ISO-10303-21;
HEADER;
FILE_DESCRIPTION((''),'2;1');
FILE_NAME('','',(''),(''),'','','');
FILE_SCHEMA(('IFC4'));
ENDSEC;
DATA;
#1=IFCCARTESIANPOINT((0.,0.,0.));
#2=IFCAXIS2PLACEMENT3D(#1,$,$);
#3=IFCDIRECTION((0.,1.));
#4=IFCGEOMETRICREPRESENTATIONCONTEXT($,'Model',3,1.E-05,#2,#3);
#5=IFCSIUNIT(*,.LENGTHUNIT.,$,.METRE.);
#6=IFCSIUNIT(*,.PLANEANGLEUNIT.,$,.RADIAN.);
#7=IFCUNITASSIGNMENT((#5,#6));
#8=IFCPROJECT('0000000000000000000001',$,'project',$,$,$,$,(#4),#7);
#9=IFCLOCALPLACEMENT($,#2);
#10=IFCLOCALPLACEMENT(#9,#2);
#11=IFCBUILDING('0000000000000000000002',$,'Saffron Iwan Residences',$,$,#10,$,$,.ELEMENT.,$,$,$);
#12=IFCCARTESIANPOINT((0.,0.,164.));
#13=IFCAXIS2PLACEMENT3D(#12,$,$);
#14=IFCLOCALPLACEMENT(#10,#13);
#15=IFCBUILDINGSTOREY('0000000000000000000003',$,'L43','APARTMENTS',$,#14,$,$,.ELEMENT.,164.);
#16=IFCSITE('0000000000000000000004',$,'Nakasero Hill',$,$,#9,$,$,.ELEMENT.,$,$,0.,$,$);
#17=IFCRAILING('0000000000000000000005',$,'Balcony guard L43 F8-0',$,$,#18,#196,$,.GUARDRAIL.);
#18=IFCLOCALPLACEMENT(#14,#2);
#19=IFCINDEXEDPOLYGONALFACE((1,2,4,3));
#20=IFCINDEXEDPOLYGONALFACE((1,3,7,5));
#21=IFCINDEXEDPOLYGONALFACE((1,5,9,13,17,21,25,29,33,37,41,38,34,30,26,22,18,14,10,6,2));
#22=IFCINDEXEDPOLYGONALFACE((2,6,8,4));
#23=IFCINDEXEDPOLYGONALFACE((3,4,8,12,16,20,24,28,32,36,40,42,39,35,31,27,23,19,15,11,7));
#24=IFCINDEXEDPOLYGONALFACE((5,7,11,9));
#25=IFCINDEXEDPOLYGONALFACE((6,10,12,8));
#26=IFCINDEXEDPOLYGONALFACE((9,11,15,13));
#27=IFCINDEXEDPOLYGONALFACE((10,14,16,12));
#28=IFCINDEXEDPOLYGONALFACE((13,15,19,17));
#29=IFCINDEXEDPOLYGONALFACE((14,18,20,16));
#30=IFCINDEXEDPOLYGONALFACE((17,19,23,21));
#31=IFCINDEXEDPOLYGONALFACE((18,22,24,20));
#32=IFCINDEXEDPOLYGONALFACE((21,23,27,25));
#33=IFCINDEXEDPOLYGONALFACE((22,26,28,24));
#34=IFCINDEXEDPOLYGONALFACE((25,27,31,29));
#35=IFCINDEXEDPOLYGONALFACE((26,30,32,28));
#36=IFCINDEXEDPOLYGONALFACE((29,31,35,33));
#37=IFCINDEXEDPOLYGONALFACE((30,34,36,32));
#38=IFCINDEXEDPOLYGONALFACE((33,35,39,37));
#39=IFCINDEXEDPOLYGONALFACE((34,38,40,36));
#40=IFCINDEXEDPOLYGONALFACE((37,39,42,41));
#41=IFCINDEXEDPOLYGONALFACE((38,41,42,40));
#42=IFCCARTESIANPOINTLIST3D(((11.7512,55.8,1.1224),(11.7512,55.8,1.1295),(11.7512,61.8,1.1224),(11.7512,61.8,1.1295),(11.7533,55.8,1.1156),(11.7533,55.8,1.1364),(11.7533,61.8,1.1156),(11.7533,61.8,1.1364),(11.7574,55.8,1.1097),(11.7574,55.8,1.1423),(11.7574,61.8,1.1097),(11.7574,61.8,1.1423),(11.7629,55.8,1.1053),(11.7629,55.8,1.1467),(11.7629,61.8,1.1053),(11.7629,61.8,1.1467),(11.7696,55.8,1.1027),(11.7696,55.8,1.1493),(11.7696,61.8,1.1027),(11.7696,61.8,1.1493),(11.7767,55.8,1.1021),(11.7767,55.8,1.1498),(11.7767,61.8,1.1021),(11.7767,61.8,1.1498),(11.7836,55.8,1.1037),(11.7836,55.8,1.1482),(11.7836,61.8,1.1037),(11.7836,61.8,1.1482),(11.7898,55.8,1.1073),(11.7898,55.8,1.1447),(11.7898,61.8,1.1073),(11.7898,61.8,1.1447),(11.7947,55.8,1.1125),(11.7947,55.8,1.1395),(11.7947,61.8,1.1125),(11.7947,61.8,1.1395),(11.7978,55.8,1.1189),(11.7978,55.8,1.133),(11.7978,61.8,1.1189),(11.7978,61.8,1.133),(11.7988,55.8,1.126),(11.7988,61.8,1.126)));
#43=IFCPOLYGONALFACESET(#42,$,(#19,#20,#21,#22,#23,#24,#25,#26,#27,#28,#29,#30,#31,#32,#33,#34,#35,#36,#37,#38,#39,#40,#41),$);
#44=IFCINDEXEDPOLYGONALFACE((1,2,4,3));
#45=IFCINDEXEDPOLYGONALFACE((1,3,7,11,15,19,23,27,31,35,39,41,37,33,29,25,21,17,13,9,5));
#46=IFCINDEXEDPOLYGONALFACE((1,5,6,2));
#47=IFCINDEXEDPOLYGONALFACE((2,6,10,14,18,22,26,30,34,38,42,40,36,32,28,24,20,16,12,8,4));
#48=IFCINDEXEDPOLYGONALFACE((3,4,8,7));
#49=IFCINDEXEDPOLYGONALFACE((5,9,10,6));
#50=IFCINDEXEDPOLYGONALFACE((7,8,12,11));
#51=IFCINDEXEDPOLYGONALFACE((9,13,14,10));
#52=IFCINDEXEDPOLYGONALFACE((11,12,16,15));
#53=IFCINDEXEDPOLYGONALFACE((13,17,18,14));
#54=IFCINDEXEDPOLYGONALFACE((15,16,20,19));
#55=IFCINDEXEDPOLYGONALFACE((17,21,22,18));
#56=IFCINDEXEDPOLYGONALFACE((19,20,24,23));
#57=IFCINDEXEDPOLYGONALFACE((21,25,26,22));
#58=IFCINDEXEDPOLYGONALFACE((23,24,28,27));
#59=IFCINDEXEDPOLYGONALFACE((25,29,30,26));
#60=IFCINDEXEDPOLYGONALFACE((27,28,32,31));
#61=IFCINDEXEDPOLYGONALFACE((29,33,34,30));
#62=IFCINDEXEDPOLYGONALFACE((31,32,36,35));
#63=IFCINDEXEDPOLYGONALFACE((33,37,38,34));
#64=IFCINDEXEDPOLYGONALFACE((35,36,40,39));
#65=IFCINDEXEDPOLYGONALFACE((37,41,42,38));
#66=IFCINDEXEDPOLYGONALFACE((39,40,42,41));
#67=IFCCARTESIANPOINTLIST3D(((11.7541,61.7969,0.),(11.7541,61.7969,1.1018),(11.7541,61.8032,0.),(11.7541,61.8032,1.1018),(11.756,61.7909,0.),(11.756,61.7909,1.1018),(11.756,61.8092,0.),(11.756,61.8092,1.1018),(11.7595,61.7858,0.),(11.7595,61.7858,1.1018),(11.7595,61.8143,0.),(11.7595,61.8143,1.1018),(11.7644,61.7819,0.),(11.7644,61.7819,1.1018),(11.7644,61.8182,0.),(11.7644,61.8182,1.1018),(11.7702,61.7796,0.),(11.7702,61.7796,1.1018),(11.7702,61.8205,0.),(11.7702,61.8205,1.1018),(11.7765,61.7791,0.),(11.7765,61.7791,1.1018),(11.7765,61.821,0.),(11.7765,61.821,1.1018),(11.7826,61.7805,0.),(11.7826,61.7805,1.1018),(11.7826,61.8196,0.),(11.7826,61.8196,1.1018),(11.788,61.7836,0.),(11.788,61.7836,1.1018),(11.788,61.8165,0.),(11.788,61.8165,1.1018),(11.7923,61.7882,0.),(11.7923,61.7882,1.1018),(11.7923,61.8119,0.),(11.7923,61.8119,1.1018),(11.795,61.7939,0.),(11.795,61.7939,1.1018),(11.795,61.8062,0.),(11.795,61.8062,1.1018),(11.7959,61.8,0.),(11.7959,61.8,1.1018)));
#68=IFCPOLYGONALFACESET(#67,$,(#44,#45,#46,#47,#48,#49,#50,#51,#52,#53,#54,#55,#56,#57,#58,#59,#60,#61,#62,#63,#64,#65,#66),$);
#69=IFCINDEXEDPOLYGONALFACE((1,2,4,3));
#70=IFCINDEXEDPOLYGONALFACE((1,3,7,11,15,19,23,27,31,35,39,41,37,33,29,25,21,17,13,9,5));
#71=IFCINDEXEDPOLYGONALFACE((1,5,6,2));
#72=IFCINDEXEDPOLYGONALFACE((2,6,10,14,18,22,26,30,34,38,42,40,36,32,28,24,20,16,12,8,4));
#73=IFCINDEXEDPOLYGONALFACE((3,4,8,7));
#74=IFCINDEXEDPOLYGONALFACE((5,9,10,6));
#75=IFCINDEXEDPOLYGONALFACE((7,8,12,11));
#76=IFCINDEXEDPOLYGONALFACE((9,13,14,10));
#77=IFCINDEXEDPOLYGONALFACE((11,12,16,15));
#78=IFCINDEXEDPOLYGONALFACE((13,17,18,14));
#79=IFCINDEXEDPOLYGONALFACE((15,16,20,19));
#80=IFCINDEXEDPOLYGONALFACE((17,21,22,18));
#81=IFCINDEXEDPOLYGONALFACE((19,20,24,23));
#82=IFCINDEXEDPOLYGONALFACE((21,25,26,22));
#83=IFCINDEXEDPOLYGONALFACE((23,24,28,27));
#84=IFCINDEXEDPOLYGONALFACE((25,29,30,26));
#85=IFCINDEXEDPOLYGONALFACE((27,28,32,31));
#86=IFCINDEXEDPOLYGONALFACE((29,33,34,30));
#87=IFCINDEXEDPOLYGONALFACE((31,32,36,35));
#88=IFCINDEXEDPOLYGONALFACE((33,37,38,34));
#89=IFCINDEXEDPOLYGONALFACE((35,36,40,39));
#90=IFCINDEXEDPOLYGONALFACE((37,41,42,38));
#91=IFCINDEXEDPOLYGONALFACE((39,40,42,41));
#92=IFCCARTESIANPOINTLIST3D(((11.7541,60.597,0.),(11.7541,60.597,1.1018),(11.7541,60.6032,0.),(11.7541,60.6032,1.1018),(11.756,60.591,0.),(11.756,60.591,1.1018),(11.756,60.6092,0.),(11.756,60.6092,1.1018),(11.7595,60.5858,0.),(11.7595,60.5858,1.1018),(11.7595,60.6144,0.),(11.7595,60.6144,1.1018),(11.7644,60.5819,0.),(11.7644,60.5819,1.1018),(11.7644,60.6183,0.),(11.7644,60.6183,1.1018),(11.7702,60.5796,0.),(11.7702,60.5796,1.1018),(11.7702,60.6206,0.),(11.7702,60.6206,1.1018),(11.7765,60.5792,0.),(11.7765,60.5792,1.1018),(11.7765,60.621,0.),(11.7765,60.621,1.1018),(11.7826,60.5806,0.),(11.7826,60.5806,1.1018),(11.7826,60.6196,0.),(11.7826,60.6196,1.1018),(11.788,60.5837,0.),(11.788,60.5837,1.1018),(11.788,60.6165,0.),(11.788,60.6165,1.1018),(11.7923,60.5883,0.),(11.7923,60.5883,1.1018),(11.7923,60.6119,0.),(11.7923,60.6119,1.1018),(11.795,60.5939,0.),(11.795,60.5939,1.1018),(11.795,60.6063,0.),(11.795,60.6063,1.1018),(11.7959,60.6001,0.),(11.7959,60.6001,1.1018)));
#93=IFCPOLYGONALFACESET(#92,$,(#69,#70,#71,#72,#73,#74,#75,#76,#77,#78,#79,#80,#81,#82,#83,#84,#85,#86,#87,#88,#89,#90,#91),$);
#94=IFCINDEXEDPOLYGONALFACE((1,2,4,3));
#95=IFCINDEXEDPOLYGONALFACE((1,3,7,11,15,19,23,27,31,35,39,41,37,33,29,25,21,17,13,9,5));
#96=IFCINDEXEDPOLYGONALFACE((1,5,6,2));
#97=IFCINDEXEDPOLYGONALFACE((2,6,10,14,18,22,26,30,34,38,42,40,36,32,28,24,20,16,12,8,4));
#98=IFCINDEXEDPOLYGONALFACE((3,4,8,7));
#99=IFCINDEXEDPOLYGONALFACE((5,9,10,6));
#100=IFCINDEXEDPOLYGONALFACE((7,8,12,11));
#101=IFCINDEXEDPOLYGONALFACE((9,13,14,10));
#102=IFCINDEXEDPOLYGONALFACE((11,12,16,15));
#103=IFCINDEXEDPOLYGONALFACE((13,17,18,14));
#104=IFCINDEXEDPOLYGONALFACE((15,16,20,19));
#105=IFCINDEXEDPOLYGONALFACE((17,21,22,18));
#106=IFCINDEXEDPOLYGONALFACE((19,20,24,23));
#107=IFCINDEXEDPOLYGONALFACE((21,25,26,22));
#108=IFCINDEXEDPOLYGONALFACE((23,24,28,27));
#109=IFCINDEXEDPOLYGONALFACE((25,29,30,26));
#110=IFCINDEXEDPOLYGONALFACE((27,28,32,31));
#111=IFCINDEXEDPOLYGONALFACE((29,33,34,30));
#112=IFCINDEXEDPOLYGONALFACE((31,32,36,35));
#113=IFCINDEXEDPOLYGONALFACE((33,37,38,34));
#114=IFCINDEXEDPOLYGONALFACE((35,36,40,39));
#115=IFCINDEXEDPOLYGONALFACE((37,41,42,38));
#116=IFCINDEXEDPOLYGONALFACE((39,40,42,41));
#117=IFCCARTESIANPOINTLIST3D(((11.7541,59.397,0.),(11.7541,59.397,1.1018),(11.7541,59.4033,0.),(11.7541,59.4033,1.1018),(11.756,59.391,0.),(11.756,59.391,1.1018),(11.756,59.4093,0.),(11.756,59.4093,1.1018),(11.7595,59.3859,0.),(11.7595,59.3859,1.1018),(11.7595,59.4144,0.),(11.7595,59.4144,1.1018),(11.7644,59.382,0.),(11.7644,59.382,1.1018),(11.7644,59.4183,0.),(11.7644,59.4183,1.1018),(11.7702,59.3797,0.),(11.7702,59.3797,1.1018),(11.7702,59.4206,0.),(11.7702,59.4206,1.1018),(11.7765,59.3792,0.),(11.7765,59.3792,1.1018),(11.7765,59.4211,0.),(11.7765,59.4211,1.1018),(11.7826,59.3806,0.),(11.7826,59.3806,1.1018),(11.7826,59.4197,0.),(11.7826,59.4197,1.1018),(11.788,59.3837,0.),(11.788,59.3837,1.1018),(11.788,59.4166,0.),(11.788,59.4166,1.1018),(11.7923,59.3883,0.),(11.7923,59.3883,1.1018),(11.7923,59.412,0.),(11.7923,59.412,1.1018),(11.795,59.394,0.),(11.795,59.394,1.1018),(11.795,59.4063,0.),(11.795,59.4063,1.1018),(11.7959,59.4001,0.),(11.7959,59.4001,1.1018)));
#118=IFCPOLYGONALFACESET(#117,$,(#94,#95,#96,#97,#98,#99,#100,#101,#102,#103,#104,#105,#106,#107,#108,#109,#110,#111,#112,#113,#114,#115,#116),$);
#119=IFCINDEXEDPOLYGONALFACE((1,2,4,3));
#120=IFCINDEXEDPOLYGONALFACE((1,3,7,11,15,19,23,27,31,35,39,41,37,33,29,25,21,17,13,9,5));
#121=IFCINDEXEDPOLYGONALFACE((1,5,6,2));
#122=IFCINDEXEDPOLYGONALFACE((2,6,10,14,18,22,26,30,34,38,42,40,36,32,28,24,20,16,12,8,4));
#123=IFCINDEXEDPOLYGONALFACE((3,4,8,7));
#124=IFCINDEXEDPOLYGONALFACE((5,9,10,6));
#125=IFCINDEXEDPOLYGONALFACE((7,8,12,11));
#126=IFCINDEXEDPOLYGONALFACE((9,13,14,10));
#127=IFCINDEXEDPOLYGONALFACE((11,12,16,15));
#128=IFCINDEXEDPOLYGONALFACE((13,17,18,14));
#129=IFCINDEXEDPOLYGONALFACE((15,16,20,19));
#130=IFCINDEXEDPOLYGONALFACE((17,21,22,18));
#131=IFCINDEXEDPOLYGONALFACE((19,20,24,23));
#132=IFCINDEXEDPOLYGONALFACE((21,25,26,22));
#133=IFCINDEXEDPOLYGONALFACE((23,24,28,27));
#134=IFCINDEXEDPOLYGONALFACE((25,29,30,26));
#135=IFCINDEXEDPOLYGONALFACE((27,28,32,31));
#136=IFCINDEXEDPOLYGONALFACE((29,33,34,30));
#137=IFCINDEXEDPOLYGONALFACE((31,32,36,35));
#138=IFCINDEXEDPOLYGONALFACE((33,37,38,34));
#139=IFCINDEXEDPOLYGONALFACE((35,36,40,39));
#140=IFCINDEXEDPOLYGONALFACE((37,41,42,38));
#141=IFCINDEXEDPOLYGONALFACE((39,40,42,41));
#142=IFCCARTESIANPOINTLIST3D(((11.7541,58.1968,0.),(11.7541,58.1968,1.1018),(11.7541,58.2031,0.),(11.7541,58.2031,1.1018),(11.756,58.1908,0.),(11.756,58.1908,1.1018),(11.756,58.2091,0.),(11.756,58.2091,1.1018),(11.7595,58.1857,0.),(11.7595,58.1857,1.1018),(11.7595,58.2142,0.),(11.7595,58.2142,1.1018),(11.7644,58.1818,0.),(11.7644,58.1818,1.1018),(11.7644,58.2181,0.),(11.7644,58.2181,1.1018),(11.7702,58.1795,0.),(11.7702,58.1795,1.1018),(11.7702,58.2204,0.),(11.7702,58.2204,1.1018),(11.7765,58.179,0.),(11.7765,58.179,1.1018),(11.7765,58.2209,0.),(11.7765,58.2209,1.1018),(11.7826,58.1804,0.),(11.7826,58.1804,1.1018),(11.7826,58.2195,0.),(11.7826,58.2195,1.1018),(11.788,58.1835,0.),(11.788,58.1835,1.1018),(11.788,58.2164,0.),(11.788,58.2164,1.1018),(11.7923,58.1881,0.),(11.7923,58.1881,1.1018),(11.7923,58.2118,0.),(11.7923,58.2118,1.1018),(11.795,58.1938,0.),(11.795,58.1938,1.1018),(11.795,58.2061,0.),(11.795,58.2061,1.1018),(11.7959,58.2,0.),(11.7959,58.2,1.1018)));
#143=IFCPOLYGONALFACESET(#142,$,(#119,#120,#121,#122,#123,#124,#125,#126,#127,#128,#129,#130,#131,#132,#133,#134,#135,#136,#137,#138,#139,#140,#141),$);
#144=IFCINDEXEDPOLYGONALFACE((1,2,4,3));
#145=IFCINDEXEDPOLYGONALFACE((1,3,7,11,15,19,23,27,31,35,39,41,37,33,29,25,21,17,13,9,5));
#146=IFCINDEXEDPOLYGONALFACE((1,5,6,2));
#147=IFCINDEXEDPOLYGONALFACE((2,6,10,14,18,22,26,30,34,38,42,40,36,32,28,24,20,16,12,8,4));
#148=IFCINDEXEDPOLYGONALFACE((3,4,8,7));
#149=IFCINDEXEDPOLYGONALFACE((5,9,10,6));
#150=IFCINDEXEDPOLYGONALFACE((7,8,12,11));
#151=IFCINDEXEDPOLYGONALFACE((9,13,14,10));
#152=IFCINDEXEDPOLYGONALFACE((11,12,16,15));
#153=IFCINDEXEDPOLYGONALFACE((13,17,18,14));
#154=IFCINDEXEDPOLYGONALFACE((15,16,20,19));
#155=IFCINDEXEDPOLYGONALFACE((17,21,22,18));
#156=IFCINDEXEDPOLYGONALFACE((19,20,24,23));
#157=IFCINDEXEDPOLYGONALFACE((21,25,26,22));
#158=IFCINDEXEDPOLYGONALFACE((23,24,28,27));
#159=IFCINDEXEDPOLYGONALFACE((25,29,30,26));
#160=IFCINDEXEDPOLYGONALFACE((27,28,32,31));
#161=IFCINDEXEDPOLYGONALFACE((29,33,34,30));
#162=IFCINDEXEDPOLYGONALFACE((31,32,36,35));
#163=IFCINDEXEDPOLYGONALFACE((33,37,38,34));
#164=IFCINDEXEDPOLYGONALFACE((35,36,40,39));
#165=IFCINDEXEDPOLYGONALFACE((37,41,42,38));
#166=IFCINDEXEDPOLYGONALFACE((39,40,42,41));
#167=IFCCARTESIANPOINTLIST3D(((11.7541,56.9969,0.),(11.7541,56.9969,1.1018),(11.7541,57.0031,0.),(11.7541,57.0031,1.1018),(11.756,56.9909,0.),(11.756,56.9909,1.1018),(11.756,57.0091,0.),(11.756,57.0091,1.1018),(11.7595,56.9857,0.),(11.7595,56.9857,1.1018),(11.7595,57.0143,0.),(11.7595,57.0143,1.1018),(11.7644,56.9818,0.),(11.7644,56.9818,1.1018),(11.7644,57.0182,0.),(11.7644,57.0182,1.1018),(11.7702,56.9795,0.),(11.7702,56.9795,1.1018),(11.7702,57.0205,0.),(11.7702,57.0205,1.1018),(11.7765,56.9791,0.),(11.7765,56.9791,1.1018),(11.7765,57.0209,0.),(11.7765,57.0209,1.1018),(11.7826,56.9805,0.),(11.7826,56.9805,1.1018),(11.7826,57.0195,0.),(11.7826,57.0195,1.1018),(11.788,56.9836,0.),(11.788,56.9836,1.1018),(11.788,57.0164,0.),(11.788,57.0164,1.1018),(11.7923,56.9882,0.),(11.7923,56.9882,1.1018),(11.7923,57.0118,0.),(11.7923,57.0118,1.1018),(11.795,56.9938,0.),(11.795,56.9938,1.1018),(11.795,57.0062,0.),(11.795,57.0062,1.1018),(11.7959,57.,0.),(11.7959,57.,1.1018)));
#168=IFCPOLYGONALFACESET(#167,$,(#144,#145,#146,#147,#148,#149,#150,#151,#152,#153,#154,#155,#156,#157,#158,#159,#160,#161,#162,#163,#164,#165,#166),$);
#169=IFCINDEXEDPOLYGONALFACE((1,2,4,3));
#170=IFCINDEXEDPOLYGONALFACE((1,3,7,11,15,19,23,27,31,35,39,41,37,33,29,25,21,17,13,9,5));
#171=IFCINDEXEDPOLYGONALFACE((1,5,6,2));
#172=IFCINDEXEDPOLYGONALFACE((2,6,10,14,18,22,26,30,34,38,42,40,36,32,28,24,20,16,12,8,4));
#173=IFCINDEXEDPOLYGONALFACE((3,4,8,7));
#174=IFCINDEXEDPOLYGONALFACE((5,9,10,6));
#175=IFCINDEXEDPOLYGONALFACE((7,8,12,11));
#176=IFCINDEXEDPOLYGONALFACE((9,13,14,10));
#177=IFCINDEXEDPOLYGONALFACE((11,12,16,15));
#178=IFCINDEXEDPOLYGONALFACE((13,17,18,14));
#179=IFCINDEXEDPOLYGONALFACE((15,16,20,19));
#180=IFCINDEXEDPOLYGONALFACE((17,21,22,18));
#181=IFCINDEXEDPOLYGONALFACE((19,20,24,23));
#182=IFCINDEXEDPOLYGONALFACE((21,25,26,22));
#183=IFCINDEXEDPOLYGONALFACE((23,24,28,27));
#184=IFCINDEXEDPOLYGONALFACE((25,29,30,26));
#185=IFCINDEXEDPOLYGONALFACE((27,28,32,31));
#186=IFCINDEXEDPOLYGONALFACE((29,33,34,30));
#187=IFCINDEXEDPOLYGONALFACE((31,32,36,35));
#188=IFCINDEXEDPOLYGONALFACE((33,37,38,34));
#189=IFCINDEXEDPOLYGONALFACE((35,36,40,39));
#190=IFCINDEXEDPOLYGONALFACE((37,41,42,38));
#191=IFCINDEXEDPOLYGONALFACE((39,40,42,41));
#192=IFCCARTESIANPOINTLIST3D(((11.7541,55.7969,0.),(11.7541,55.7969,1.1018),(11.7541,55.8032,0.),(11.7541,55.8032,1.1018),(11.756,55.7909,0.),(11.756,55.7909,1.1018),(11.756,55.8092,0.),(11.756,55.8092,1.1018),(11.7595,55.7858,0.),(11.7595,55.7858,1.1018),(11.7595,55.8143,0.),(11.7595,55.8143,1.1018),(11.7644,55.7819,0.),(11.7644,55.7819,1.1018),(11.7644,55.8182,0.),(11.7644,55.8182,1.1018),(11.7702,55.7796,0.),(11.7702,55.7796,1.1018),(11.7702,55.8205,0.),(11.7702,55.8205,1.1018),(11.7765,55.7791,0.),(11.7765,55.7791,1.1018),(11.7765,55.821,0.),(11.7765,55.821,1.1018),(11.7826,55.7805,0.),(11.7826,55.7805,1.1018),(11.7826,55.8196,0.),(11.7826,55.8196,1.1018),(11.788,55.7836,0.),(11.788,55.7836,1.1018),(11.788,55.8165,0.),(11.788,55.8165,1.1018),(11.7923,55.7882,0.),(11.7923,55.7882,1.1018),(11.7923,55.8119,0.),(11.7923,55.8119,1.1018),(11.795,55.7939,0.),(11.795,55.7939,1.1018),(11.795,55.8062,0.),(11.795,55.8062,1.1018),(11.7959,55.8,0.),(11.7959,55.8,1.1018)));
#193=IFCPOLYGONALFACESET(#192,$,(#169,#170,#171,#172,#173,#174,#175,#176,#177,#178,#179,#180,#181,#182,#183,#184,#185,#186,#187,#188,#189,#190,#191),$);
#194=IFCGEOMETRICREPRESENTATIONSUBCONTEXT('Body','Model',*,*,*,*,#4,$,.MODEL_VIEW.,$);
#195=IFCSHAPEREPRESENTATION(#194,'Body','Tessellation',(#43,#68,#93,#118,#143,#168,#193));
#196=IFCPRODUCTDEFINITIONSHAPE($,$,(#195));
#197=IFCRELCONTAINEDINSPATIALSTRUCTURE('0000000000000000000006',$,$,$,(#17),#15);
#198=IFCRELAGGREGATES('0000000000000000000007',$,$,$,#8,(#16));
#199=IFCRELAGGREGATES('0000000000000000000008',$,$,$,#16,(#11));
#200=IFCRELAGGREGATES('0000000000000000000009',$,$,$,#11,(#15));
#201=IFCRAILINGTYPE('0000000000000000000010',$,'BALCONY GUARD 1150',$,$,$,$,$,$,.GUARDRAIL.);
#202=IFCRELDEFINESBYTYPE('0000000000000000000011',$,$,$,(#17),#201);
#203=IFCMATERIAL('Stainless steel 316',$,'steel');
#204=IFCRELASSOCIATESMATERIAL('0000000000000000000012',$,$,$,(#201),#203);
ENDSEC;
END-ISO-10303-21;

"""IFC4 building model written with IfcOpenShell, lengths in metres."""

from ifc_helpers import new_model, si_unit, direction, frame, origin, origin_2d, place, context, subcontext, project, spatial, circle, extrude, material, type_object, element, save


model = new_model("IFC4")

# Units and contexts
model_context = context("Model", 3, precision=1e-05, world=origin(), true_north=direction((0.0, 1.0)))
body_context = subcontext(model_context, "Body", "Model", "MODEL_VIEW")
ifc_project = project(units=[si_unit("LENGTHUNIT", "METRE"), si_unit("PLANEANGLEUNIT", "RADIAN")], contexts=[model_context])

# Site, building, storey
site_placement = place(None, origin())
site = spatial("IfcSite", under=ifc_project, at=site_placement, Name="Nakasero Hill", CompositionType="ELEMENT", RefElevation=0.0)
building_placement = place(site_placement, origin())
building = spatial("IfcBuilding", under=site, at=building_placement, Name="Saffron Iwan Residences", CompositionType="ELEMENT")
storey_placement = place(building_placement, frame((0.0, 0.0, 164.0)))
storey = spatial("IfcBuildingStorey", under=building, at=storey_placement, Name="L43", Description="APARTMENTS", CompositionType="ELEMENT", Elevation=164.0)

# Railing
ifc_material_1 = material(Name="Stainless steel 316", Category="steel")
railing_type = type_object("IfcRailingType", Name="BALCONY GUARD 1150", PredefinedType="GUARDRAIL", material=ifc_material_1)
railing_placement = place(storey_placement, frame((11.7749, 61.8, 0.0)))
element("IfcRailing", 1, at=railing_placement, inside=storey, type_object=railing_type, Name="Balcony guard L43 F8-0", PredefinedType="GUARDRAIL", context=body_context, shape_type="SweptSolid", body=[
    extrude(circle(Radius=0.0239, at=origin_2d()), frame((0.0, 0.0, 1.126), z_axis=(0.0, -1.0, 0.0), x_axis=(1.0, 0.0, 0.0)), (0.0, 0.0, 1.0), 6.0),
    extrude(circle(Radius=0.021, at=origin_2d()), origin(), (0.0, 0.0, 1.0), 1.1018),
    extrude(circle(Radius=0.021, at=origin_2d()), frame((0.0, -1.2, 0.0)), (0.0, 0.0, 1.0), 1.1018),
    extrude(circle(Radius=0.021, at=origin_2d()), frame((0.0, -2.3999, 0.0)), (0.0, 0.0, 1.0), 1.1018),
    extrude(circle(Radius=0.021, at=origin_2d()), frame((0.0, -3.6001, 0.0)), (0.0, 0.0, 1.0), 1.1018),
    extrude(circle(Radius=0.021, at=origin_2d()), frame((0.0, -4.8, 0.0)), (0.0, 0.0, 1.0), 1.1018),
    extrude(circle(Radius=0.021, at=origin_2d()), frame((0.0, -6.0, 0.0)), (0.0, 0.0, 1.0), 1.1018),
])

save(model, "model.ifc")
